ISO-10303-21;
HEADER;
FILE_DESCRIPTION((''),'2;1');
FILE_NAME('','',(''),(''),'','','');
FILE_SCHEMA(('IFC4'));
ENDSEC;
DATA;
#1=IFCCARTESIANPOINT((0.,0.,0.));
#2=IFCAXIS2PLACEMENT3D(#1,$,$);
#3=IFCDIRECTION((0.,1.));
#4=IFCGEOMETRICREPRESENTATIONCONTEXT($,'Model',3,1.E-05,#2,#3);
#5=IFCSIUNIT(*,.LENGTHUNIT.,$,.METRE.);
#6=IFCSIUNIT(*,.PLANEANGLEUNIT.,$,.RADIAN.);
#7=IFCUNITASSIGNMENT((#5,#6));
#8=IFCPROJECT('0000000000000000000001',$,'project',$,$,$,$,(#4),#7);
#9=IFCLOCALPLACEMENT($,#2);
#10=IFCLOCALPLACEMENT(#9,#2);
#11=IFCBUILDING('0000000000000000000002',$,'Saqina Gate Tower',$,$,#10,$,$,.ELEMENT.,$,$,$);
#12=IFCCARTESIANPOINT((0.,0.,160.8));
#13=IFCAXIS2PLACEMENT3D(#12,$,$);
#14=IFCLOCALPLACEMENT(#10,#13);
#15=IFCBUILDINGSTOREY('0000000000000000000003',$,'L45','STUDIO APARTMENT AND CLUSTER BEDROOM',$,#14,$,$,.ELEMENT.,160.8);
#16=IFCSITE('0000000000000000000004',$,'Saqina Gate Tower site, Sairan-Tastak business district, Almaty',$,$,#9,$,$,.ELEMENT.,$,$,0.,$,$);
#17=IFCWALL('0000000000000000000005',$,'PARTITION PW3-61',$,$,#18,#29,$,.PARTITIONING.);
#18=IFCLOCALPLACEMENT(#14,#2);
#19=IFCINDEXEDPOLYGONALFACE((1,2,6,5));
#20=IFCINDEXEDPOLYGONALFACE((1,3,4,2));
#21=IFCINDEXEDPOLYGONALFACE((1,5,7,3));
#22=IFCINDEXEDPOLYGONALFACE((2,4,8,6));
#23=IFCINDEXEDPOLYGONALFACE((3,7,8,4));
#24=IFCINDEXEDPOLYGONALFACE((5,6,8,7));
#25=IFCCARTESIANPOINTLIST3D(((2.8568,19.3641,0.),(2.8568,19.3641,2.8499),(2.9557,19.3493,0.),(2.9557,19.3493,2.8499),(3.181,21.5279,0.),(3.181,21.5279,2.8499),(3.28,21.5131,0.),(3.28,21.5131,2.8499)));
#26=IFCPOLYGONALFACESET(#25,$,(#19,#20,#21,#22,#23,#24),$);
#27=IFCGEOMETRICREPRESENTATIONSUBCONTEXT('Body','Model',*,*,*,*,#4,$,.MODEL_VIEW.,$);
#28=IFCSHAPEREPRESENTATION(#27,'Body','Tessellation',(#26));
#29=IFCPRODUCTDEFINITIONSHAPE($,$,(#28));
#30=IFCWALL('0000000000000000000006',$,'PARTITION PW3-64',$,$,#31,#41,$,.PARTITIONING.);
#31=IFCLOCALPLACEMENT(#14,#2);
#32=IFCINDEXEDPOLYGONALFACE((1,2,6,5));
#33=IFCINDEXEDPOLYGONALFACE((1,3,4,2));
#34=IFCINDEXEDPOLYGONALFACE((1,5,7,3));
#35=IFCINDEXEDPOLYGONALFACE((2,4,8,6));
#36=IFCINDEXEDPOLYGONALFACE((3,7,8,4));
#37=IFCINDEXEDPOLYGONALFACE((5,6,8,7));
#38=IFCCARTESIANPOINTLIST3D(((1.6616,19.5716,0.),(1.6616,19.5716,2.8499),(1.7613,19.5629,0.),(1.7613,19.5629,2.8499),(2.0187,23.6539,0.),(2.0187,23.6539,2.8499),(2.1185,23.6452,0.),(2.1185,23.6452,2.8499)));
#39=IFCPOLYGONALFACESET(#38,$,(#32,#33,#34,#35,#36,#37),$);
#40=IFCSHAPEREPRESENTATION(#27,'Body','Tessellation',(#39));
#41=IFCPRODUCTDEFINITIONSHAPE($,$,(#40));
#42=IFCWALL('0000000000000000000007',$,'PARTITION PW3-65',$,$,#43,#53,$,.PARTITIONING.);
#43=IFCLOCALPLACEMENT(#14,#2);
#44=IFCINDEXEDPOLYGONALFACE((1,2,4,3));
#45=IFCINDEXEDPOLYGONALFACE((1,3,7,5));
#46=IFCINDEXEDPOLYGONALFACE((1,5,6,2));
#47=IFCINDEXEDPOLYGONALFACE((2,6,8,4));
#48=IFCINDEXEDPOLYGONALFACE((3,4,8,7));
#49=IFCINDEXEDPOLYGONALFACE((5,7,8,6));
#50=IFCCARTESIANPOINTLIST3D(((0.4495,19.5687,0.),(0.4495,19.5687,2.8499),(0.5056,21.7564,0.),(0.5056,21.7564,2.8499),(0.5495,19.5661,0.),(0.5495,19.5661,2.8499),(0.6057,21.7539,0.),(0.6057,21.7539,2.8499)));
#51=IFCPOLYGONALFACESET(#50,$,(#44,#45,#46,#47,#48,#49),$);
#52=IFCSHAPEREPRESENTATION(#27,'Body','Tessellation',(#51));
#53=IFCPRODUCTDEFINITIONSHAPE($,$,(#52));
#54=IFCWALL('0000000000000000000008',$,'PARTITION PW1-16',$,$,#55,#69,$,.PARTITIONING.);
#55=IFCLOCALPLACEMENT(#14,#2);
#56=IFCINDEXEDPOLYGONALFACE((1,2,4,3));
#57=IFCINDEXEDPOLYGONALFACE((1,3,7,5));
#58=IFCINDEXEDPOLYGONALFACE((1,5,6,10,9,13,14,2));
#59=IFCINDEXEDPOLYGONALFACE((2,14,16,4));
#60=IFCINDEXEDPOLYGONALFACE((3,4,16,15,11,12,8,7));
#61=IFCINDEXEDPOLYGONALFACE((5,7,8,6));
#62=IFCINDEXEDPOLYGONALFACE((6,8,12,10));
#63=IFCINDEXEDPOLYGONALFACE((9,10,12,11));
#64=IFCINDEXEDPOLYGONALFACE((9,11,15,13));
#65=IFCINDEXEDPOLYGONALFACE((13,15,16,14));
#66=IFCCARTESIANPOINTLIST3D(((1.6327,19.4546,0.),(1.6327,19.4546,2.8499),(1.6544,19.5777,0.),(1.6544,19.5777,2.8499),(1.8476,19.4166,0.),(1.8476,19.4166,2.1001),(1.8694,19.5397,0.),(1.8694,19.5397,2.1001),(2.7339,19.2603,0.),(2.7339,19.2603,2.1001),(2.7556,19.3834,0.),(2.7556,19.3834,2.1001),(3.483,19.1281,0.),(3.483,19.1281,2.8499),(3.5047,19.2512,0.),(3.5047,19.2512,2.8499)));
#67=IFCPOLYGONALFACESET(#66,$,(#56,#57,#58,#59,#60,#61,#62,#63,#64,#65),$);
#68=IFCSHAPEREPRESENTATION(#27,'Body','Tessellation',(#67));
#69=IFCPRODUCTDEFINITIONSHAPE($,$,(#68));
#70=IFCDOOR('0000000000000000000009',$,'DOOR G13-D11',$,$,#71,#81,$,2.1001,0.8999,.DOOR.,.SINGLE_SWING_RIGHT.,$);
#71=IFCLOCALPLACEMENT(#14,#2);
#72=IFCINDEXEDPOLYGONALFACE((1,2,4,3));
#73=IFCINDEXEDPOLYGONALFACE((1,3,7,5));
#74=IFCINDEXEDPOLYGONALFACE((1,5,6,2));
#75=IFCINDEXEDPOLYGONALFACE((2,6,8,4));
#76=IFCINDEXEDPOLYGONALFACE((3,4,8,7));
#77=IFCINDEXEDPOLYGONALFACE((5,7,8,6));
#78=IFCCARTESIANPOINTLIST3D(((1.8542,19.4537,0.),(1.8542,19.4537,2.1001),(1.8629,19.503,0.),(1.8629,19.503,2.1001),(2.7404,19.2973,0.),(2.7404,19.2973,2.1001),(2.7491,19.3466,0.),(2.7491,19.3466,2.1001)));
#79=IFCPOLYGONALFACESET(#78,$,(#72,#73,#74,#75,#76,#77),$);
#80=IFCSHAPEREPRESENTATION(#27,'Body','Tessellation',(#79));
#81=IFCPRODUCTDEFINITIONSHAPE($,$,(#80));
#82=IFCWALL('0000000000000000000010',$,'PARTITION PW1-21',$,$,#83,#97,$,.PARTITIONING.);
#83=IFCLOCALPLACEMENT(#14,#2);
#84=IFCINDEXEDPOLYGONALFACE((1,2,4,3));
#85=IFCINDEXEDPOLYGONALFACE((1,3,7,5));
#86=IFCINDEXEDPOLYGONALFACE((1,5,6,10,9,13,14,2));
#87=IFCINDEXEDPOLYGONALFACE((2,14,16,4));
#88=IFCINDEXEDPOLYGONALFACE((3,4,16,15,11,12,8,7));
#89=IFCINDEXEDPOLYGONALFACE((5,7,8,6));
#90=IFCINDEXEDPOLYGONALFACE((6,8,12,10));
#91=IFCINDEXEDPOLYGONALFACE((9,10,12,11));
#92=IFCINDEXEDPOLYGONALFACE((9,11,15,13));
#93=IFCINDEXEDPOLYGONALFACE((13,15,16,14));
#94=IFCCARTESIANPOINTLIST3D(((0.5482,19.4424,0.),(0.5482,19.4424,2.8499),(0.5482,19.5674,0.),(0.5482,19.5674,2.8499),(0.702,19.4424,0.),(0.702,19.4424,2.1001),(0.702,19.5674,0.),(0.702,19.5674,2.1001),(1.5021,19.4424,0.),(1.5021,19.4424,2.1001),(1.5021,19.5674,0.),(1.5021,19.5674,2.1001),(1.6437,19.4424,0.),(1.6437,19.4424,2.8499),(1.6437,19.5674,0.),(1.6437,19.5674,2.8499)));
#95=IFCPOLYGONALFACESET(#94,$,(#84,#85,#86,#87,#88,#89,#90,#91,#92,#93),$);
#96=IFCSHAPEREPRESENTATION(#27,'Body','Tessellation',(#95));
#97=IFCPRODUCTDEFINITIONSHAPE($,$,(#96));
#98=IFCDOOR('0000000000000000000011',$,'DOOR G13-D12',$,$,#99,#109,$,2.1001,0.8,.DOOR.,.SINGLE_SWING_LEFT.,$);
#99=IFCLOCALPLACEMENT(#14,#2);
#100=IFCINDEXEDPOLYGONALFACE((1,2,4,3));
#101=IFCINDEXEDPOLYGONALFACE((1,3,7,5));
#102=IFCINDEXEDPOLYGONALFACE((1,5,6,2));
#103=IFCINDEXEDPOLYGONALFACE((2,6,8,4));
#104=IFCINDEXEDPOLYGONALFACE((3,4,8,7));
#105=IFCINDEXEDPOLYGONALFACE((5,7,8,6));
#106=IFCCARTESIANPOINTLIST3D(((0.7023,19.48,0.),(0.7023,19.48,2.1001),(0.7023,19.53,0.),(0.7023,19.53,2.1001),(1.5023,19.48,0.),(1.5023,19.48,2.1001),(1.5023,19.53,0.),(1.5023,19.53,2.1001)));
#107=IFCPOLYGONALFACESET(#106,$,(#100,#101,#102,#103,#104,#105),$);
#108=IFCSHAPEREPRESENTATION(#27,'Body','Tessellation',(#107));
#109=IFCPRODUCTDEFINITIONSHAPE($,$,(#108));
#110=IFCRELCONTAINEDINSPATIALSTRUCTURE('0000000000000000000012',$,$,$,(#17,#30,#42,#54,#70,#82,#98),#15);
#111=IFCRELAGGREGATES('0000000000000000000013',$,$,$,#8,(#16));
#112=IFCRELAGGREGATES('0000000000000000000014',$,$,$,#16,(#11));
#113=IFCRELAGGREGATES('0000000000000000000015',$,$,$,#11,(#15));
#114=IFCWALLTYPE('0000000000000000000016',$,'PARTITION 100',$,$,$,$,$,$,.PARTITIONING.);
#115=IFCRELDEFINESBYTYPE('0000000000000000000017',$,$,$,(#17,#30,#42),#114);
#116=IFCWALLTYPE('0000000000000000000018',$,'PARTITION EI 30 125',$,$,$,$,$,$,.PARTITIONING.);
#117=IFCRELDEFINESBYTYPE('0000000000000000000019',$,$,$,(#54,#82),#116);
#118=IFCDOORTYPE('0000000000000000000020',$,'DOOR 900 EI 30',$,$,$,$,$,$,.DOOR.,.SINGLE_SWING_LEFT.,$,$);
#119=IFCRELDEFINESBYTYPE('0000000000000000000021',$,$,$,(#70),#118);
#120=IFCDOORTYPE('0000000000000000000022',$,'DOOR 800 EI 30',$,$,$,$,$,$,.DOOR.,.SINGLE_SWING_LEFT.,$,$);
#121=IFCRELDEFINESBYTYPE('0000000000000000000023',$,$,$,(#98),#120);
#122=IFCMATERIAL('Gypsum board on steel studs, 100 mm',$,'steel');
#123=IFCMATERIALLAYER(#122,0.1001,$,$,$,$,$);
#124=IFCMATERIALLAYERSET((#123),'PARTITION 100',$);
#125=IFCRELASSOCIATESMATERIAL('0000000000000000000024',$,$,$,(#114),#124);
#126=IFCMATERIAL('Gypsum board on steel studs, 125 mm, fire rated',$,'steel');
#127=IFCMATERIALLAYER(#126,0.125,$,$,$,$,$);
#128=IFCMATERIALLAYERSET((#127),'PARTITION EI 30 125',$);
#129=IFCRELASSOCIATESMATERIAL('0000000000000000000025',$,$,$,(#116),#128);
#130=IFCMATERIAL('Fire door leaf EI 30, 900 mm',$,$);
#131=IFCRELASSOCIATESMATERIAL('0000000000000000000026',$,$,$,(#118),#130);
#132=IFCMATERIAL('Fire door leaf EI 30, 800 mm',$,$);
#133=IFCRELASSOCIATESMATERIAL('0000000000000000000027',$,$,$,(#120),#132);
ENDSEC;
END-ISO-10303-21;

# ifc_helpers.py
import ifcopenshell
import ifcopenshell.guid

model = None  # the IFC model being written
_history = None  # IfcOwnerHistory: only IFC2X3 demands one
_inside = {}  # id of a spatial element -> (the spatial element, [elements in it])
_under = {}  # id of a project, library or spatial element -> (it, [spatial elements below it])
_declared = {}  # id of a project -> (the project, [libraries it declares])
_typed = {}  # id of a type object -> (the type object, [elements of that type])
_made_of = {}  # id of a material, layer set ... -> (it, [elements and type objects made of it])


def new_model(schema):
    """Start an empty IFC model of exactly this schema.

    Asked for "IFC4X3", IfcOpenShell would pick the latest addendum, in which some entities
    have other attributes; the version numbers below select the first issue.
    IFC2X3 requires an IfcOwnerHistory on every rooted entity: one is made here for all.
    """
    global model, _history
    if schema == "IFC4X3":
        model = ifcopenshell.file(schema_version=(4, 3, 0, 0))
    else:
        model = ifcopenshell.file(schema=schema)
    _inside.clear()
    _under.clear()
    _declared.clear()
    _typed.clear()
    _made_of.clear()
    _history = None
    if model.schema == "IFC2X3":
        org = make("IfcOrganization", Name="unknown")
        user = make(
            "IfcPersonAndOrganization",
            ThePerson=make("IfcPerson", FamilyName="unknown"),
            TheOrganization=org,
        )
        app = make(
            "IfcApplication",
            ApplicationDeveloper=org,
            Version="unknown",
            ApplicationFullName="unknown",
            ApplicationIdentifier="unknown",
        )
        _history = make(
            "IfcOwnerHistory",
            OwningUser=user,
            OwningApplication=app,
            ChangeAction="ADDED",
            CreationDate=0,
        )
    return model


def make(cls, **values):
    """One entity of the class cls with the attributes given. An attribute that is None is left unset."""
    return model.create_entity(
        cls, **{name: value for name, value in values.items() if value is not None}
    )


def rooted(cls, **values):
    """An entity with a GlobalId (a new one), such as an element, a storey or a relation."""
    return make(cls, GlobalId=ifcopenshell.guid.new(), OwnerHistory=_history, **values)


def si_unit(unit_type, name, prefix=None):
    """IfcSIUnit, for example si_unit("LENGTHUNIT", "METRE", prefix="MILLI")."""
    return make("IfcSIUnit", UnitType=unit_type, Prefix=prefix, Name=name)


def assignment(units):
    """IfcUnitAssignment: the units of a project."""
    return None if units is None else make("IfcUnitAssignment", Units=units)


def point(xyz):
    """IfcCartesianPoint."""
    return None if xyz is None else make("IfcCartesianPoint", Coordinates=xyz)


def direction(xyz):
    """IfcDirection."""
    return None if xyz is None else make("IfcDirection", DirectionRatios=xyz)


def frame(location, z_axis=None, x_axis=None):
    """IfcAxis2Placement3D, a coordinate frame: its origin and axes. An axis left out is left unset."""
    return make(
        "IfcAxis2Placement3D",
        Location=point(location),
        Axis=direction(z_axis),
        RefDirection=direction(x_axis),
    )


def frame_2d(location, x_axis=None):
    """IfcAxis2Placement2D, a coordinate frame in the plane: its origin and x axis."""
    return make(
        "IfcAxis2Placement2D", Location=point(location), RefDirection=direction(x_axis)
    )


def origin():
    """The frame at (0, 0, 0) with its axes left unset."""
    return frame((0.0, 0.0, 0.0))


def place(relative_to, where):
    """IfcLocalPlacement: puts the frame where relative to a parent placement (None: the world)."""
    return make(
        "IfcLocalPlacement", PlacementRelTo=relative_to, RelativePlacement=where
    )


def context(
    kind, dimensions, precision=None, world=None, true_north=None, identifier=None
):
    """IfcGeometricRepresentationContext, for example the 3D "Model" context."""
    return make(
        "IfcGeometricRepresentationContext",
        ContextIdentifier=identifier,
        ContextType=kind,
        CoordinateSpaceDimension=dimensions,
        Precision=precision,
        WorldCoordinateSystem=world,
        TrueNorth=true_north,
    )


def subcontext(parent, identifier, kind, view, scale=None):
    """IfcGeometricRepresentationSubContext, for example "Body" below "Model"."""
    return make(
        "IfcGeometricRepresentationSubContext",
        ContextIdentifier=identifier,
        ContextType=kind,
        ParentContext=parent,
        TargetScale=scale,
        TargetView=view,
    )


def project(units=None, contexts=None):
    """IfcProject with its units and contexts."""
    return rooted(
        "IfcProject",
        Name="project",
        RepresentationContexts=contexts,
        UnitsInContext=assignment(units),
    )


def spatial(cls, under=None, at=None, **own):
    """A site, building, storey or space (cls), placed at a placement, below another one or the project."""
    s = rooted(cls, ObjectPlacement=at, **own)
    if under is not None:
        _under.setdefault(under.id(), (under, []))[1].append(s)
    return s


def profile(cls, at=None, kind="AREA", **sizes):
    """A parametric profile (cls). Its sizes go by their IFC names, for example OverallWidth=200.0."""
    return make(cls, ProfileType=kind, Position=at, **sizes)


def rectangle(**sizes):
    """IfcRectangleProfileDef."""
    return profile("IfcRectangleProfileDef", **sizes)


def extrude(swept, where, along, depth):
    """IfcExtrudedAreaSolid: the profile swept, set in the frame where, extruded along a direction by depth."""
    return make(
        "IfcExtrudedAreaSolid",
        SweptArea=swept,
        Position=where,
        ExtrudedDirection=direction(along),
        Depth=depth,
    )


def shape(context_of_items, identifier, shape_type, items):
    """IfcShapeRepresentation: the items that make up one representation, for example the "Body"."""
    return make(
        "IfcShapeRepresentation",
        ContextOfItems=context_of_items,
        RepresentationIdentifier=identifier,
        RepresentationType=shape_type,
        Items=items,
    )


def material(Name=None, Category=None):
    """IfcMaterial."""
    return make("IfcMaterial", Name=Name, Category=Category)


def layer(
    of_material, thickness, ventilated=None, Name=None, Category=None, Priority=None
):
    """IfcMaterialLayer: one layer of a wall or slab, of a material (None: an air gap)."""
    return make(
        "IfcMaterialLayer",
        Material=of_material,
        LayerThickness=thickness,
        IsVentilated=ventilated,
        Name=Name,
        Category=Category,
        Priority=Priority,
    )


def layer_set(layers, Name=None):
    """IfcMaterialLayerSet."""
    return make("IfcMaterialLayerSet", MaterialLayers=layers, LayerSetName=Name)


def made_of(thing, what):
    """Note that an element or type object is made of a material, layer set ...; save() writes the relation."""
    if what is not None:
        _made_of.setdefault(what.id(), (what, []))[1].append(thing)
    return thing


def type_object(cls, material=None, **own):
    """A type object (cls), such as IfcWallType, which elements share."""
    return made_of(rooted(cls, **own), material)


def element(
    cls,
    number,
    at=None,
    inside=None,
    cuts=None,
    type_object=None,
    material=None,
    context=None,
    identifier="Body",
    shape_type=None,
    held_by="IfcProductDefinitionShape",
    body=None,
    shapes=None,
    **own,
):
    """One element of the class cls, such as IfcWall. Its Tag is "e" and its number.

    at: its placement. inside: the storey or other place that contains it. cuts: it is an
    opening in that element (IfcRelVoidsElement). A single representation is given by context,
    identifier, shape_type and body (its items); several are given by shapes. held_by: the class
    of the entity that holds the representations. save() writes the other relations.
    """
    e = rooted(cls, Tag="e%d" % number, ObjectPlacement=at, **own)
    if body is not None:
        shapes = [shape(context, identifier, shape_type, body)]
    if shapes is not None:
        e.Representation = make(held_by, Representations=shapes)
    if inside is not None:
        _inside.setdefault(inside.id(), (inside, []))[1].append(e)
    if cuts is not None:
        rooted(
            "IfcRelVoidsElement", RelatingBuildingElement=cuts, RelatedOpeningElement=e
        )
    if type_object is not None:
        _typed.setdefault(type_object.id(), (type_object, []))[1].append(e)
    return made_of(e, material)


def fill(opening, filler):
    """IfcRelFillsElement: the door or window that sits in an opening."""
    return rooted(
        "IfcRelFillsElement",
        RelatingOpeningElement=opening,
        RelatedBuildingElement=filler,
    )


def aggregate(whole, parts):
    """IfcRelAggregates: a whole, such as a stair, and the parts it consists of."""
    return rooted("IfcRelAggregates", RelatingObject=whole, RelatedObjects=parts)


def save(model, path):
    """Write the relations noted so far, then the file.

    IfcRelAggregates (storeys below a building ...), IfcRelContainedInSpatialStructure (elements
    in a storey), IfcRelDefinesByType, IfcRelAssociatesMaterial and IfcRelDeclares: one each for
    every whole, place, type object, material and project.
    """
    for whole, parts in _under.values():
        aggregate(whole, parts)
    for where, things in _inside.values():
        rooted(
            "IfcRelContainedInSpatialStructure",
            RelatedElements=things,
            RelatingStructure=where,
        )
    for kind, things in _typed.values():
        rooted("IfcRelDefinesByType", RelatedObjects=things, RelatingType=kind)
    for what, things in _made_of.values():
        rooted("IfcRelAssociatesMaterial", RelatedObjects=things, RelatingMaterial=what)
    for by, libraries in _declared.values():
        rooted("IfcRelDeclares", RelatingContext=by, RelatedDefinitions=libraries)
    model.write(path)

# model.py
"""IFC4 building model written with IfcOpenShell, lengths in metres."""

from ifc_helpers import new_model, si_unit, direction, frame, frame_2d, origin, place, context, subcontext, project, spatial, rectangle, extrude, material, layer, layer_set, type_object, element, fill, save


model = new_model("IFC4")

# Units and contexts
model_context = context("Model", 3, precision=1e-05, world=origin(), true_north=direction((0.0, 1.0)))
body_context = subcontext(model_context, "Body", "Model", "MODEL_VIEW")
ifc_project = project(units=[si_unit("LENGTHUNIT", "METRE"), si_unit("PLANEANGLEUNIT", "RADIAN")], contexts=[model_context])

# Site, building, storey
site_placement = place(None, origin())
site = spatial("IfcSite", under=ifc_project, at=site_placement, Name="Saqina Gate Tower site, Sairan-Tastak business district, Almaty", CompositionType="ELEMENT", RefElevation=0.0)
building_placement = place(site_placement, origin())
building = spatial("IfcBuilding", under=site, at=building_placement, Name="Saqina Gate Tower", CompositionType="ELEMENT")
storey_placement = place(building_placement, frame((0.0, 0.0, 160.8)))
storey = spatial("IfcBuildingStorey", under=building, at=storey_placement, Name="L45", Description="STUDIO APARTMENT AND CLUSTER BEDROOM", CompositionType="ELEMENT", Elevation=160.8)

# Shared definitions
ifc_material_1 = material(Name="Gypsum board on steel studs, 100 mm", Category="steel")
ifc_layer_1 = layer(ifc_material_1, 0.1001)
ifc_layer_set_1 = layer_set([ifc_layer_1], Name="PARTITION 100")
wall_type_1 = type_object("IfcWallType", Name="PARTITION 100", PredefinedType="PARTITIONING", material=ifc_layer_set_1)

# Walls
wall_1_placement = place(storey_placement, frame((2.9062, 19.3567, 0.0), z_axis=(0.0, 0.0, 1.0), x_axis=(0.148182, 0.98896, 0.0)))
element("IfcWall", 1, at=wall_1_placement, inside=storey, type_object=wall_type_1, Name="PARTITION PW3-61", PredefinedType="PARTITIONING", context=body_context, shape_type="SweptSolid", body=[
    extrude(rectangle(XDim=2.188, YDim=0.1001, at=frame_2d((1.094, 0.0))), origin(), (0.0, 0.0, 1.0), 2.8499),
])
wall_2_placement = place(storey_placement, frame((1.7114, 19.5674, 0.0), z_axis=(0.0, 0.0, 1.0), x_axis=(0.087162, 0.996194, 0.0)))
element("IfcWall", 2, at=wall_2_placement, inside=storey, type_object=wall_type_1, Name="PARTITION PW3-64", PredefinedType="PARTITIONING", context=body_context, shape_type="SweptSolid", body=[
    extrude(rectangle(XDim=4.0979, YDim=0.1001, at=frame_2d((2.0488, 0.0))), origin(), (0.0, 0.0, 1.0), 2.8499),
])
wall_3_placement = place(storey_placement, frame((0.4995, 19.5674, 0.0), z_axis=(0.0, 0.0, 1.0), x_axis=(0.025658, 0.999671, 0.0)))
element("IfcWall", 3, at=wall_3_placement, inside=storey, type_object=wall_type_1, Name="PARTITION PW3-65", PredefinedType="PARTITIONING", context=body_context, shape_type="SweptSolid", body=[
    extrude(rectangle(XDim=2.1885, YDim=0.1001, at=frame_2d((1.0942, 0.0))), origin(), (0.0, 0.0, 1.0), 2.8499),
])

# Walls, openings, doors
ifc_material_2 = material(Name="Gypsum board on steel studs, 125 mm, fire rated", Category="steel")
ifc_layer_2 = layer(ifc_material_2, 0.125)
ifc_layer_set_2 = layer_set([ifc_layer_2], Name="PARTITION EI 30 125")
wall_type_2 = type_object("IfcWallType", Name="PARTITION EI 30 125", PredefinedType="PARTITIONING", material=ifc_layer_set_2)
wall_4_placement = place(storey_placement, frame((1.6436, 19.5161, 0.0), z_axis=(0.0, 0.0, 1.0), x_axis=(0.984794, -0.173726, 0.0)))
wall_4 = element("IfcWall", 4, at=wall_4_placement, inside=storey, type_object=wall_type_2, Name="PARTITION PW1-16", PredefinedType="PARTITIONING", context=body_context, shape_type="SweptSolid", body=[
    extrude(rectangle(XDim=1.8789, YDim=0.125, at=frame_2d((0.9395, 0.0))), origin(), (0.0, 0.0, 1.0), 2.8499),
])
opening_1_placement = place(wall_4_placement, frame((0.2183, 0.0, 0.0)))
opening_1 = element("IfcOpeningElement", 5, at=opening_1_placement, cuts=wall_4, PredefinedType="OPENING", context=body_context, shape_type="SweptSolid", body=[
    extrude(rectangle(XDim=0.8999, YDim=2.1001, at=frame_2d((0.45, 1.05))), frame((0.0, 0.0745, 0.0), z_axis=(0.0, -1.0, 0.0), x_axis=(1.0, 0.0, 0.0)), (0.0, 0.0, 1.0), 0.1489),
])
ifc_material_3 = material(Name="Fire door leaf EI 30, 900 mm")
door_type_1 = type_object("IfcDoorType", Name="DOOR 900 EI 30", OperationType="SINGLE_SWING_LEFT", PredefinedType="DOOR", material=ifc_material_3)
door_1_placement = place(opening_1_placement, frame((0.8999, 0.0, 0.0), z_axis=(0.0, 0.0, 1.0), x_axis=(-1.0, 0.0, 0.0)))
door_1 = element("IfcDoor", 6, at=door_1_placement, inside=storey, type_object=door_type_1, Name="DOOR G13-D11", OperationType="SINGLE_SWING_RIGHT", OverallHeight=2.1001, OverallWidth=0.8999, PredefinedType="DOOR", context=body_context, shape_type="SweptSolid", body=[
    extrude(rectangle(XDim=0.8999, YDim=2.1001, at=frame_2d((0.45, 1.05))), frame((0.0, 0.0249, 0.0), z_axis=(0.0, -1.0, 0.0), x_axis=(1.0, 0.0, 0.0)), (0.0, 0.0, 1.0), 0.05),
])
fill(opening_1, door_1)
wall_5_placement = place(storey_placement, frame((0.5481, 19.5049, 0.0), z_axis=(0.0, 0.0, 1.0), x_axis=(1.0, 0.0, 0.0)))
wall_5 = element("IfcWall", 7, at=wall_5_placement, inside=storey, type_object=wall_type_2, Name="PARTITION PW1-21", PredefinedType="PARTITIONING", context=body_context, shape_type="SweptSolid", body=[
    extrude(rectangle(XDim=1.0955, YDim=0.125, at=frame_2d((0.5479, 0.0))), origin(), (0.0, 0.0, 1.0), 2.8499),
])
opening_2_placement = place(wall_5_placement, frame((0.1541, 0.0, 0.0)))
opening_2 = element("IfcOpeningElement", 8, at=opening_2_placement, cuts=wall_5, PredefinedType="OPENING", context=body_context, shape_type="SweptSolid", body=[
    extrude(rectangle(XDim=0.8, YDim=2.1001, at=frame_2d((0.3999, 1.05))), frame((0.0, 0.0745, 0.0), z_axis=(0.0, -1.0, 0.0), x_axis=(1.0, 0.0, 0.0)), (0.0, 0.0, 1.0), 0.1489),
])
ifc_material_4 = material(Name="Fire door leaf EI 30, 800 mm")
door_type_2 = type_object("IfcDoorType", Name="DOOR 800 EI 30", OperationType="SINGLE_SWING_LEFT", PredefinedType="DOOR", material=ifc_material_4)
door_2_placement = place(opening_2_placement, frame((0.8, 0.0, 0.0), z_axis=(0.0, 0.0, 1.0), x_axis=(-1.0, 0.0, 0.0)))
door_2 = element("IfcDoor", 9, at=door_2_placement, inside=storey, type_object=door_type_2, Name="DOOR G13-D12", OperationType="SINGLE_SWING_LEFT", OverallHeight=2.1001, OverallWidth=0.8, PredefinedType="DOOR", context=body_context, shape_type="SweptSolid", body=[
    extrude(rectangle(XDim=0.8, YDim=2.1001, at=frame_2d((0.3999, 1.05))), frame((0.0, 0.0249, 0.0), z_axis=(0.0, -1.0, 0.0), x_axis=(1.0, 0.0, 0.0)), (0.0, 0.0, 1.0), 0.05),
])
fill(opening_2, door_2)

save(model, "model.ifc")
